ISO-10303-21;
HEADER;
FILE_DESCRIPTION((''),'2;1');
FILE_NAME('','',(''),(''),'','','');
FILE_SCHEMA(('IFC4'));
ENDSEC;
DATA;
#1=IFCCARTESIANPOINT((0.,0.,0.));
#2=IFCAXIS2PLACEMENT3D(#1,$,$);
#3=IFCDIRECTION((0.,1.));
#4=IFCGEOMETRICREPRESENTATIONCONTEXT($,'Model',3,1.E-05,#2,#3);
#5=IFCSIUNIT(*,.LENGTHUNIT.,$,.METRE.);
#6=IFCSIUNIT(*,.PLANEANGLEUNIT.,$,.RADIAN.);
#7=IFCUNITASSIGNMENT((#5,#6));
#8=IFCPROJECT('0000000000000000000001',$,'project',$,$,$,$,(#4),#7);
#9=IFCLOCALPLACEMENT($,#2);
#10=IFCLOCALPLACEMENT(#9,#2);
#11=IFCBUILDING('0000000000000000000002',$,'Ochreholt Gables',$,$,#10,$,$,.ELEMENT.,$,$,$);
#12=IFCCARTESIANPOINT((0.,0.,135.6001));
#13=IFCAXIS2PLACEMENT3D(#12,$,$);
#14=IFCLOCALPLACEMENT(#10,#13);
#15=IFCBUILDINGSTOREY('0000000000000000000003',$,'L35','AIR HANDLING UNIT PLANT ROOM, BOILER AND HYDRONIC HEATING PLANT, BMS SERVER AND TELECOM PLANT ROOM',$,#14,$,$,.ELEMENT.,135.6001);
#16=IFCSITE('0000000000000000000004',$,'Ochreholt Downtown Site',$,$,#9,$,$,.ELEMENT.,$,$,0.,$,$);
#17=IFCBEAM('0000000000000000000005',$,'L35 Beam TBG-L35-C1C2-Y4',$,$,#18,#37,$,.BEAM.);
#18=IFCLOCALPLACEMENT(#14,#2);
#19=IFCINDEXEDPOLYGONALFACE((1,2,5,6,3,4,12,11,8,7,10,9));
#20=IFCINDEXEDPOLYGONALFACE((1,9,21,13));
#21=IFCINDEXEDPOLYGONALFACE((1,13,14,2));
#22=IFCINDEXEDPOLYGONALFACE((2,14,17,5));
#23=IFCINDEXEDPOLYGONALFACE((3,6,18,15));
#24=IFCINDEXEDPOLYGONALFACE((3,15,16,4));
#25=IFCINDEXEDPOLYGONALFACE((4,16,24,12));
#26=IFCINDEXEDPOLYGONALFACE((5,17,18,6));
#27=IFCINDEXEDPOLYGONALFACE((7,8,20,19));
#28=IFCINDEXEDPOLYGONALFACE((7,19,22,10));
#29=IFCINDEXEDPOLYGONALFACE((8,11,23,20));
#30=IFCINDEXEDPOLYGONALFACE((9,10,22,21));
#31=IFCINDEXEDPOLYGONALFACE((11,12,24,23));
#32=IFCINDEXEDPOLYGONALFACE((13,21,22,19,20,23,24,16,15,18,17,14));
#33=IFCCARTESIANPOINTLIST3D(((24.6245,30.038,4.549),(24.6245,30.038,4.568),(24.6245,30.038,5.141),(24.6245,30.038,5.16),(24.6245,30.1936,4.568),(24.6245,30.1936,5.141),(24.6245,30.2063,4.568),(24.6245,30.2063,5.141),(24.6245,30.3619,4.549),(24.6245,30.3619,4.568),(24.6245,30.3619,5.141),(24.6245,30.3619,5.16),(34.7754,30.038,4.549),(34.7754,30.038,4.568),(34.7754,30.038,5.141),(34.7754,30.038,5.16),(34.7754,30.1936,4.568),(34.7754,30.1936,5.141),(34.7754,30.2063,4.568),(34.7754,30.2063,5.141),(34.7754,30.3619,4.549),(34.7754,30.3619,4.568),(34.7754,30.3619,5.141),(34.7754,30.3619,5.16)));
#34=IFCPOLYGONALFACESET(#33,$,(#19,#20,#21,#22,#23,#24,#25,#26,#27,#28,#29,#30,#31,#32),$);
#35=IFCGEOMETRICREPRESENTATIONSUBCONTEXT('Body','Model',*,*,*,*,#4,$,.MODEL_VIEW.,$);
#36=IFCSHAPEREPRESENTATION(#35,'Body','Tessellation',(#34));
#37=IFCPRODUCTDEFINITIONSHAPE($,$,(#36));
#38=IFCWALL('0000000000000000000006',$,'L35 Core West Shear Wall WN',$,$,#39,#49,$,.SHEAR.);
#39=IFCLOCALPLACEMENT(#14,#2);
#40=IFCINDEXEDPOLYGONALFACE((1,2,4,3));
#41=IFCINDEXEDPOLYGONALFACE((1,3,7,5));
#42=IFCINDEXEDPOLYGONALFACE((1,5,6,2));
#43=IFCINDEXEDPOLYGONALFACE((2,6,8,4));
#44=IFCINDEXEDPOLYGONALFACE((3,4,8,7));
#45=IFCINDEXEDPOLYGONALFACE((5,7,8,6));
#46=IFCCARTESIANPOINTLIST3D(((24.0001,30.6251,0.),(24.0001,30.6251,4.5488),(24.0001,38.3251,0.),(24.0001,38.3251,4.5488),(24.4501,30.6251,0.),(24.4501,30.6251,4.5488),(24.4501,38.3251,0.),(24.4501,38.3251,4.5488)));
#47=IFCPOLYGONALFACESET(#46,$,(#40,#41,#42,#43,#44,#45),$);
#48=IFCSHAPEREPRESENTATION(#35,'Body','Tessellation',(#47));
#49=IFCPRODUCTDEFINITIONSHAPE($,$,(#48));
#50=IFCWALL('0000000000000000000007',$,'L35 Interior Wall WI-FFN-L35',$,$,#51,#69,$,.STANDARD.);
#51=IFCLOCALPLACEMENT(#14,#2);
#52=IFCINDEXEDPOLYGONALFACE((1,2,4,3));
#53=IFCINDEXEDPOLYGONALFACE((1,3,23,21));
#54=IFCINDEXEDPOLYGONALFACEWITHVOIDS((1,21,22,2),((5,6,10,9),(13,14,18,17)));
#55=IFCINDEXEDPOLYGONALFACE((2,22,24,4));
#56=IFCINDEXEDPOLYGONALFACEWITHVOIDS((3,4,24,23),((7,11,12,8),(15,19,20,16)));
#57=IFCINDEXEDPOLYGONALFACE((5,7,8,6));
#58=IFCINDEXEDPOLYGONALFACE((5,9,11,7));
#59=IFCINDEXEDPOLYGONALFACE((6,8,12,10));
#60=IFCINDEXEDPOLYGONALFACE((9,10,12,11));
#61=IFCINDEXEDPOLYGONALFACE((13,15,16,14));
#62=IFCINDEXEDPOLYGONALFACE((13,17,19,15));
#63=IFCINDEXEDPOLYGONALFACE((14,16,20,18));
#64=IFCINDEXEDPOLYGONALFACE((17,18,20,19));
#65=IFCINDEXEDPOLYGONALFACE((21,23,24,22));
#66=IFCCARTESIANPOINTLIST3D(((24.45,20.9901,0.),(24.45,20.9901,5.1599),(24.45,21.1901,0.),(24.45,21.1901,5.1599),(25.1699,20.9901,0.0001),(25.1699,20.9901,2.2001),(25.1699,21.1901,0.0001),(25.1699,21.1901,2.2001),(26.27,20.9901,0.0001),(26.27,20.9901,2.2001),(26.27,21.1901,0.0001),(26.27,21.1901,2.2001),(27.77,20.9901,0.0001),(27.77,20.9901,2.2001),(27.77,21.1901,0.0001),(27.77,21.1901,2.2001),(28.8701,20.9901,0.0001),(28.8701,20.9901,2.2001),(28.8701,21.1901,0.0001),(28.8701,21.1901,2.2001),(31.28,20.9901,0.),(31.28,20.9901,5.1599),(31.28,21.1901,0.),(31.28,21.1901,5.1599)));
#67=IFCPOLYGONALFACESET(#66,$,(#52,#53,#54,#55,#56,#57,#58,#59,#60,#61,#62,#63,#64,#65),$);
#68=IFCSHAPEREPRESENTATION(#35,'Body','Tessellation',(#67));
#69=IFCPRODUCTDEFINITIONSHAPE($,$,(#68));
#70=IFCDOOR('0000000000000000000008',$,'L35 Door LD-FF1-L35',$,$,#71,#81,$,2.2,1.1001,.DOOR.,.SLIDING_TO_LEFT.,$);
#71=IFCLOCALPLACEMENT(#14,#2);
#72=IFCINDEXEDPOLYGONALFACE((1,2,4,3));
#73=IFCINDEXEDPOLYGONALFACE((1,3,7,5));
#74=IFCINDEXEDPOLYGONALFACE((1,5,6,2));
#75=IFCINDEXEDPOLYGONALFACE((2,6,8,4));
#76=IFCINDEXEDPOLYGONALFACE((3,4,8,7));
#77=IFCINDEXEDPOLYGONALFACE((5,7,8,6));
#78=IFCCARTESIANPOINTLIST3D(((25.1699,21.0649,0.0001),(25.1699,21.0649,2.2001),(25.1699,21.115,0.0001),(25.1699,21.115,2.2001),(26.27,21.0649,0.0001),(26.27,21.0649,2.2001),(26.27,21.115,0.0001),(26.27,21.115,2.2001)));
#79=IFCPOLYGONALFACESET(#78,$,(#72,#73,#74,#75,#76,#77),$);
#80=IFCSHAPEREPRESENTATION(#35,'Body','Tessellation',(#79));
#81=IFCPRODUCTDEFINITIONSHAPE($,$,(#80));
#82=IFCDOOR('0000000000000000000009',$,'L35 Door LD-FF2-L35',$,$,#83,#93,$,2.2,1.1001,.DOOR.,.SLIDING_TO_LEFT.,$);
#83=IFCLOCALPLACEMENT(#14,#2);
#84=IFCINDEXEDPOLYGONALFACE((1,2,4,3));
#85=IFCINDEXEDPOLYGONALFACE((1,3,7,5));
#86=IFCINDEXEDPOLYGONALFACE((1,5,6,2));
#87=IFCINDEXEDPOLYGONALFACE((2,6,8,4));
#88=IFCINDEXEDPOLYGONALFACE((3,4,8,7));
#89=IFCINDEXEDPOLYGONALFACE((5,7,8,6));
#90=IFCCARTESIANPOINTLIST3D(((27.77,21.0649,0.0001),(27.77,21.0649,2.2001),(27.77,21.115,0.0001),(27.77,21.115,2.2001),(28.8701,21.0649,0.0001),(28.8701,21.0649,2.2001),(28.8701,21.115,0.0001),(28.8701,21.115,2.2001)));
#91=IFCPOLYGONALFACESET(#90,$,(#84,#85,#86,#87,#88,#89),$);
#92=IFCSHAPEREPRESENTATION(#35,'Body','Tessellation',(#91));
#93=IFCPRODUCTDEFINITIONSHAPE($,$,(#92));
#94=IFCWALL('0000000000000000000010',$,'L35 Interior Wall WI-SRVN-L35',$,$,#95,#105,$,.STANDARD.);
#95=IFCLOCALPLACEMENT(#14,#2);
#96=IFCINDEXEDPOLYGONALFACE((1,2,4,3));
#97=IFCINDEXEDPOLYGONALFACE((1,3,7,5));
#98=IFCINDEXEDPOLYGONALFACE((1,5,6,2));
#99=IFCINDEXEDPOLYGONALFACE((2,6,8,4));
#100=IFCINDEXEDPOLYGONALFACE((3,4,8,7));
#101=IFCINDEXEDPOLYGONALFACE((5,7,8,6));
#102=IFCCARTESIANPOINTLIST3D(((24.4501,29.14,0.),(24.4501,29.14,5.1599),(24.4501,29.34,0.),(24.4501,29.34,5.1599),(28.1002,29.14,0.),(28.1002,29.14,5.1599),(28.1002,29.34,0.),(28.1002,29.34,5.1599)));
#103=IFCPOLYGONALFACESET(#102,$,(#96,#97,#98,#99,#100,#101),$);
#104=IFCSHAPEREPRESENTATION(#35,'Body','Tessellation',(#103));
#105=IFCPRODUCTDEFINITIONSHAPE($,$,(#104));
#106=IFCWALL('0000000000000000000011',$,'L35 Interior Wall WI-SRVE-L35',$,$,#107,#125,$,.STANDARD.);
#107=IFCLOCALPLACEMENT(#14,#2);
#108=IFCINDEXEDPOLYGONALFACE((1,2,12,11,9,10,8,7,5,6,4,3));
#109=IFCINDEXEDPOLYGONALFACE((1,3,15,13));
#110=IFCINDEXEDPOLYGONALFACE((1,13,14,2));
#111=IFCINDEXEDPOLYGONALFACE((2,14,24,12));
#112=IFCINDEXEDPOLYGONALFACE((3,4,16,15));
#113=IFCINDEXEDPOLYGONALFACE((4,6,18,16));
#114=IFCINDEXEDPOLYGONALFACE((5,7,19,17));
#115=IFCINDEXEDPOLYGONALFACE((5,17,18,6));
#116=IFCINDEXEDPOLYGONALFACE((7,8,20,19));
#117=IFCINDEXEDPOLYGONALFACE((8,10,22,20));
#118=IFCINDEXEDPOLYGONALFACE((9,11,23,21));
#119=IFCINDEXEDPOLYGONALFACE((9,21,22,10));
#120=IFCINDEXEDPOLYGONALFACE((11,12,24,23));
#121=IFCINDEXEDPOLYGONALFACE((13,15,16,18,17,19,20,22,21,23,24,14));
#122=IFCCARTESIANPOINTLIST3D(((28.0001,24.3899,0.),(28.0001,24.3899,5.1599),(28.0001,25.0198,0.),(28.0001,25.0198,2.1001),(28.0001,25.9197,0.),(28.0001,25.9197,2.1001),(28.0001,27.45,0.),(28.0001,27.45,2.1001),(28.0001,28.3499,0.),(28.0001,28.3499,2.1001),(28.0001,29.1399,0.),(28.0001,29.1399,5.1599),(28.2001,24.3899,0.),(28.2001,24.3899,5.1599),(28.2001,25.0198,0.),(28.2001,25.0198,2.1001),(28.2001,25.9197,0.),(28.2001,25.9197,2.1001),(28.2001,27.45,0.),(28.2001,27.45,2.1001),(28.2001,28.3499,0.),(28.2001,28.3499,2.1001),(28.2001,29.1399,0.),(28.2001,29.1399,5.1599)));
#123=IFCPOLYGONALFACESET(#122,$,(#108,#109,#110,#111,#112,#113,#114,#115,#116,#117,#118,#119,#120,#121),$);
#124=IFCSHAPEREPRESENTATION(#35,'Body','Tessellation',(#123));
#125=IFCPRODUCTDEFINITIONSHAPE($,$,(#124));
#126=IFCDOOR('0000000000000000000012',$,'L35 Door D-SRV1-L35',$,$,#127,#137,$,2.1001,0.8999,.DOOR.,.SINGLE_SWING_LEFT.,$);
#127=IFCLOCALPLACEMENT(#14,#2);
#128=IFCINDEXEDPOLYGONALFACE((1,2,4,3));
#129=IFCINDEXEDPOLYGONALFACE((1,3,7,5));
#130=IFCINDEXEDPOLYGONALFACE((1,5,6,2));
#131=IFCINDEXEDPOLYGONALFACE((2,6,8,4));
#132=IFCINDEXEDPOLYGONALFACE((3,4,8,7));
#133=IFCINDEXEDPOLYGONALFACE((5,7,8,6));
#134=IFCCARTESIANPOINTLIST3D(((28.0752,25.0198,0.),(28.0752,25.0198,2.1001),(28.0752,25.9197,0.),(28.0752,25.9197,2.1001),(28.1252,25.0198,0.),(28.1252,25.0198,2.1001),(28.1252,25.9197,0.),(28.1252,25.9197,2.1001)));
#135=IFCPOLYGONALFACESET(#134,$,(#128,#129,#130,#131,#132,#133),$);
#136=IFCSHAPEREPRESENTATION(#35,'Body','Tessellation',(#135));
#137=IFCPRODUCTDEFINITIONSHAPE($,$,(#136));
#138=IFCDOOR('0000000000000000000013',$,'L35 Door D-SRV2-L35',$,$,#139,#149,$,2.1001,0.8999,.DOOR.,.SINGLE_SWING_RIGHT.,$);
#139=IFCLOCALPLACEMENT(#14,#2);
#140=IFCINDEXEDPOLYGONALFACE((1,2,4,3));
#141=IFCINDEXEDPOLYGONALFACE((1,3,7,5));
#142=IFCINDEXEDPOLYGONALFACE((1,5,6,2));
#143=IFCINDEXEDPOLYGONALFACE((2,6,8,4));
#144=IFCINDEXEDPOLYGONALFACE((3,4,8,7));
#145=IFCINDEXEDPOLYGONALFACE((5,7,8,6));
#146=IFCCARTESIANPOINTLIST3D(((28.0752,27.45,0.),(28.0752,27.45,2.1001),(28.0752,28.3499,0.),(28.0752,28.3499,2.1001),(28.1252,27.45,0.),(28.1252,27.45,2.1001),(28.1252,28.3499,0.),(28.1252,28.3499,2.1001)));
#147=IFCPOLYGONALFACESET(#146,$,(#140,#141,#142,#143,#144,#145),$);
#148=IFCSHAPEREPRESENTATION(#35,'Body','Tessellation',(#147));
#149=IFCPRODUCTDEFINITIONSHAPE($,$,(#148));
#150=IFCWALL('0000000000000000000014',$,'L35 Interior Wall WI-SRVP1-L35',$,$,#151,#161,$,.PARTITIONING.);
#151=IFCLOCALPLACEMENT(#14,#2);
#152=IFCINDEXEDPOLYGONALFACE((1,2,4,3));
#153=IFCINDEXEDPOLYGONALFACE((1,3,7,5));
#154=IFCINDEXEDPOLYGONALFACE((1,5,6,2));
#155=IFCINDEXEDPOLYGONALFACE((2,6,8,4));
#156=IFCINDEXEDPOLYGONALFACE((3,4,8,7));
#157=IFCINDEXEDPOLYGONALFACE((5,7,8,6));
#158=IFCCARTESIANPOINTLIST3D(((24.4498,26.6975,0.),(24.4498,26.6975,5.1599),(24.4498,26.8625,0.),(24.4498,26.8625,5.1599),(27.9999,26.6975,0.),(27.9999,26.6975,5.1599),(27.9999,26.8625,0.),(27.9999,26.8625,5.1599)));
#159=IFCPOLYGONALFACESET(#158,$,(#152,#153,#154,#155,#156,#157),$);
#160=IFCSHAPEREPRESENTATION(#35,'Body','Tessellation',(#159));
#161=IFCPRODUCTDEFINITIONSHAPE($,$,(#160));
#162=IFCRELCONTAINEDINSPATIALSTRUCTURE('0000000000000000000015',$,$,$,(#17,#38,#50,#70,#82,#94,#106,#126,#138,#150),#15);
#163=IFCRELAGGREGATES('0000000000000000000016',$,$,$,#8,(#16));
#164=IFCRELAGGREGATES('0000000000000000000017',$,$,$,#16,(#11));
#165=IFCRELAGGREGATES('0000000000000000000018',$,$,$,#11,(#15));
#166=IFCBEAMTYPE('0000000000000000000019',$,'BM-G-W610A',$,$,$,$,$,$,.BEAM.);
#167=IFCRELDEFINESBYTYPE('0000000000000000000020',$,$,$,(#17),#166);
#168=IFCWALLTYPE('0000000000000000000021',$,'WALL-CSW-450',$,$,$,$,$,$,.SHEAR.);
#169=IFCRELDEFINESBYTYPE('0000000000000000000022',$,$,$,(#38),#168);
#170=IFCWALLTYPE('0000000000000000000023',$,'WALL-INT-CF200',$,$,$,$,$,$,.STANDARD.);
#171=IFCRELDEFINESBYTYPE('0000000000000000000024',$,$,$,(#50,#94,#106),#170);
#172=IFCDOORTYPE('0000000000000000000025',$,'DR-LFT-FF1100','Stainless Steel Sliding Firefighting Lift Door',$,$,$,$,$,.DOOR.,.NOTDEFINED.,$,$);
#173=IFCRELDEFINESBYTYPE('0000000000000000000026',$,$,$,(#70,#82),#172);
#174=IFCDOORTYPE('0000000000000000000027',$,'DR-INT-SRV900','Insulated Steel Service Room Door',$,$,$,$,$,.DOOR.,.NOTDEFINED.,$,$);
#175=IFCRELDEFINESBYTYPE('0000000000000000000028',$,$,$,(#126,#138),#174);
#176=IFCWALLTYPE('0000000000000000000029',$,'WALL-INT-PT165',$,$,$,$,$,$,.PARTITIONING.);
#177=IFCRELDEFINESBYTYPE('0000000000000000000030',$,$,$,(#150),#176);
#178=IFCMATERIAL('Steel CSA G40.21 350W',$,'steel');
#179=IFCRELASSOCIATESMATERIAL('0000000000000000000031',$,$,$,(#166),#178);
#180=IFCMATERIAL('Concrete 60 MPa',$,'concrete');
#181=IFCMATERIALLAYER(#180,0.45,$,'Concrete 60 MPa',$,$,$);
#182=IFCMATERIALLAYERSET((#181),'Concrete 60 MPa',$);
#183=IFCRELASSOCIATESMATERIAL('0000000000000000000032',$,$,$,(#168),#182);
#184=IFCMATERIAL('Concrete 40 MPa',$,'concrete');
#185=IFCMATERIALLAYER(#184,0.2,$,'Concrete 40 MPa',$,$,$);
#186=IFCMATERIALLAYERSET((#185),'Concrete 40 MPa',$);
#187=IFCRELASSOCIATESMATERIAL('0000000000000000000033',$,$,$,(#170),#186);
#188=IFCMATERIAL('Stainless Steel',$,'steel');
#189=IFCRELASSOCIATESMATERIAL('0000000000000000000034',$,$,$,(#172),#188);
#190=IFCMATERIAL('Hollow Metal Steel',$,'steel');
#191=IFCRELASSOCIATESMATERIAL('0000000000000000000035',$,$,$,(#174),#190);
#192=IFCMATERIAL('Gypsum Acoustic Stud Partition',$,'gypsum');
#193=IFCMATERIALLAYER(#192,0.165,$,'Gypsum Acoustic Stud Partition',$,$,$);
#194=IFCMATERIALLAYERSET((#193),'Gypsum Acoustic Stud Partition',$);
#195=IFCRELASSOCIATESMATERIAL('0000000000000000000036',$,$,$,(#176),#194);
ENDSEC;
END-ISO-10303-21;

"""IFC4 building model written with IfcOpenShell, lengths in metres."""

from ifc_helpers import new_model, si_unit, direction, frame, frame_2d, origin, origin_2d, place, context, subcontext, project, spatial, rectangle, i_section, extrude, material, layer, layer_set, material_profile, profile_set, type_object, element, fill, save


model = new_model("IFC4")

# Units and contexts
model_context = context("Model", 3, precision=1e-05, world=origin(), true_north=direction((0.0, 1.0)))
body_context = subcontext(model_context, "Body", "Model", "MODEL_VIEW")
ifc_project = project(units=[si_unit("LENGTHUNIT", "METRE"), si_unit("PLANEANGLEUNIT", "RADIAN")], contexts=[model_context])

# Site, building, storey
site_placement = place(None, origin())
site = spatial("IfcSite", under=ifc_project, at=site_placement, Name="Ochreholt Downtown Site", CompositionType="ELEMENT", RefElevation=0.0)
building_placement = place(site_placement, origin())
building = spatial("IfcBuilding", under=site, at=building_placement, Name="Ochreholt Gables", CompositionType="ELEMENT")
storey_placement = place(building_placement, frame((0.0, 0.0, 135.6001)))
storey = spatial("IfcBuildingStorey", under=building, at=storey_placement, Name="L35", Description="AIR HANDLING UNIT PLANT ROOM, BOILER AND HYDRONIC HEATING PLANT, BMS SERVER AND TELECOM PLANT ROOM", CompositionType="ELEMENT", Elevation=135.6001)

# Beam
ifc_material_1 = material(Name="Steel CSA G40.21 350W", Category="steel")
ifc_material_profile = material_profile(ifc_material_1, i_section(OverallWidth=0.324, OverallDepth=0.6111, WebThickness=0.0127, FlangeThickness=0.019, at=origin_2d()), Name="W610X155")
ifc_profile_set = profile_set([ifc_material_profile], Name="Steel CSA G40.21 350W")
beam_type = type_object("IfcBeamType", Name="BM-G-W610A", PredefinedType="BEAM", material=ifc_profile_set)
beam_placement = place(storey_placement, frame((24.6245, 30.2, 4.8545), z_axis=(1.0, 0.0, 0.0), x_axis=(0.0, 1.0, 0.0)))
element("IfcBeam", 1, at=beam_placement, inside=storey, type_object=beam_type, Name="L35 Beam TBG-L35-C1C2-Y4", PredefinedType="BEAM", context=body_context, shape_type="SweptSolid", body=[
    extrude(i_section(OverallWidth=0.324, OverallDepth=0.6111, WebThickness=0.0127, FlangeThickness=0.019, at=origin_2d()), origin(), (0.0, 0.0, 1.0), 10.1509),
])

# Wall
ifc_material_2 = material(Name="Concrete 60 MPa", Category="concrete")
ifc_layer_1 = layer(ifc_material_2, 0.45, Name="Concrete 60 MPa")
ifc_layer_set_1 = layer_set([ifc_layer_1], Name="Concrete 60 MPa")
wall_type_1 = type_object("IfcWallType", Name="WALL-CSW-450", PredefinedType="SHEAR", material=ifc_layer_set_1)
wall_1_placement = place(storey_placement, frame((24.2251, 30.625, 0.0), z_axis=(0.0, 0.0, 1.0), x_axis=(0.0, 1.0, 0.0)))
element("IfcWall", 2, at=wall_1_placement, inside=storey, type_object=wall_type_1, Name="L35 Core West Shear Wall WN", PredefinedType="SHEAR", context=body_context, shape_type="SweptSolid", body=[
    extrude(rectangle(XDim=7.7, YDim=0.45, at=frame_2d((3.8501, 0.0))), origin(), (0.0, 0.0, 1.0), 4.5488),
])

# Wall, openings, doors
ifc_material_3 = material(Name="Concrete 40 MPa", Category="concrete")
ifc_layer_2 = layer(ifc_material_3, 0.2, Name="Concrete 40 MPa")
ifc_layer_set_2 = layer_set([ifc_layer_2], Name="Concrete 40 MPa")
wall_type_2 = type_object("IfcWallType", Name="WALL-INT-CF200", PredefinedType="STANDARD", material=ifc_layer_set_2)
wall_2_placement = place(storey_placement, frame((24.45, 21.0901, 0.0), z_axis=(0.0, 0.0, 1.0), x_axis=(1.0, 0.0, 0.0)))
wall_2 = element("IfcWall", 3, at=wall_2_placement, inside=storey, type_object=wall_type_2, Name="L35 Interior Wall WI-FFN-L35", PredefinedType="STANDARD", context=body_context, shape_type="SweptSolid", body=[
    extrude(rectangle(XDim=6.8301, YDim=0.2, at=frame_2d((3.415, 0.0))), origin(), (0.0, 0.0, 1.0), 5.1599),
])
opening_1_placement = place(wall_2_placement, frame((0.72, 0.0, 0.0)))
opening_1 = element("IfcOpeningElement", 4, at=opening_1_placement, cuts=wall_2, PredefinedType="OPENING", context=body_context, shape_type="SweptSolid", body=[
    extrude(rectangle(XDim=1.1001, YDim=2.2, at=frame_2d((0.55, 1.1001))), frame((0.0, 0.1099, 0.0), z_axis=(0.0, -1.0, 0.0), x_axis=(1.0, 0.0, 0.0)), (0.0, 0.0, 1.0), 0.22),
])
opening_2_placement = place(wall_2_placement, frame((3.3201, 0.0, 0.0)))
opening_2 = element("IfcOpeningElement", 5, at=opening_2_placement, cuts=wall_2, PredefinedType="OPENING", context=body_context, shape_type="SweptSolid", body=[
    extrude(rectangle(XDim=1.1001, YDim=2.2, at=frame_2d((0.55, 1.1001))), frame((0.0, 0.1099, 0.0), z_axis=(0.0, -1.0, 0.0), x_axis=(1.0, 0.0, 0.0)), (0.0, 0.0, 1.0), 0.22),
])
ifc_material_4 = material(Name="Stainless Steel", Category="steel")
door_type_1 = type_object("IfcDoorType", Name="DR-LFT-FF1100", Description="Stainless Steel Sliding Firefighting Lift Door", OperationType="NOTDEFINED", PredefinedType="DOOR", material=ifc_material_4)
door_1_placement = place(opening_1_placement, origin())
door_1 = element("IfcDoor", 6, at=door_1_placement, inside=storey, type_object=door_type_1, Name="L35 Door LD-FF1-L35", OperationType="SLIDING_TO_LEFT", OverallHeight=2.2, OverallWidth=1.1001, PredefinedType="DOOR", context=body_context, shape_type="SweptSolid", body=[
    extrude(rectangle(XDim=1.1001, YDim=2.2, at=frame_2d((0.55, 1.1001))), frame((0.0, 0.0249, 0.0), z_axis=(0.0, -1.0, 0.0), x_axis=(1.0, 0.0, 0.0)), (0.0, 0.0, 1.0), 0.05),
])
fill(opening_1, door_1)
door_2_placement = place(opening_2_placement, origin())
door_2 = element("IfcDoor", 7, at=door_2_placement, inside=storey, type_object=door_type_1, Name="L35 Door LD-FF2-L35", OperationType="SLIDING_TO_LEFT", OverallHeight=2.2, OverallWidth=1.1001, PredefinedType="DOOR", context=body_context, shape_type="SweptSolid", body=[
    extrude(rectangle(XDim=1.1001, YDim=2.2, at=frame_2d((0.55, 1.1001))), frame((0.0, 0.0249, 0.0), z_axis=(0.0, -1.0, 0.0), x_axis=(1.0, 0.0, 0.0)), (0.0, 0.0, 1.0), 0.05),
])
fill(opening_2, door_2)

# Wall
wall_3_placement = place(storey_placement, frame((24.45, 29.24, 0.0), z_axis=(0.0, 0.0, 1.0), x_axis=(1.0, 0.0, 0.0)))
element("IfcWall", 8, at=wall_3_placement, inside=storey, type_object=wall_type_2, Name="L35 Interior Wall WI-SRVN-L35", PredefinedType="STANDARD", context=body_context, shape_type="SweptSolid", body=[
    extrude(rectangle(XDim=3.6501, YDim=0.2, at=frame_2d((1.8252, 0.0))), origin(), (0.0, 0.0, 1.0), 5.1599),
])

# Wall, openings, doors
wall_4_placement = place(storey_placement, frame((28.1001, 24.3899, 0.0), z_axis=(0.0, 0.0, 1.0), x_axis=(0.0, 1.0, 0.0)))
wall_4 = element("IfcWall", 9, at=wall_4_placement, inside=storey, type_object=wall_type_2, Name="L35 Interior Wall WI-SRVE-L35", PredefinedType="STANDARD", context=body_context, shape_type="SweptSolid", body=[
    extrude(rectangle(XDim=4.75, YDim=0.2, at=frame_2d((2.375, 0.0))), origin(), (0.0, 0.0, 1.0), 5.1599),
])
opening_3_placement = place(wall_4_placement, frame((0.6299, 0.0, 0.0)))
opening_3 = element("IfcOpeningElement", 10, at=opening_3_placement, cuts=wall_4, PredefinedType="OPENING", context=body_context, shape_type="SweptSolid", body=[
    extrude(rectangle(XDim=0.8999, YDim=2.1001, at=frame_2d((0.45, 1.05))), frame((0.0, 0.1099, 0.0), z_axis=(0.0, -1.0, 0.0), x_axis=(1.0, 0.0, 0.0)), (0.0, 0.0, 1.0), 0.22),
])
opening_4_placement = place(wall_4_placement, frame((3.0601, 0.0, 0.0)))
opening_4 = element("IfcOpeningElement", 11, at=opening_4_placement, cuts=wall_4, PredefinedType="OPENING", context=body_context, shape_type="SweptSolid", body=[
    extrude(rectangle(XDim=0.8999, YDim=2.1001, at=frame_2d((0.45, 1.05))), frame((0.0, 0.1099, 0.0), z_axis=(0.0, -1.0, 0.0), x_axis=(1.0, 0.0, 0.0)), (0.0, 0.0, 1.0), 0.22),
])
ifc_material_5 = material(Name="Hollow Metal Steel", Category="steel")
door_type_2 = type_object("IfcDoorType", Name="DR-INT-SRV900", Description="Insulated Steel Service Room Door", OperationType="NOTDEFINED", PredefinedType="DOOR", material=ifc_material_5)
door_3_placement = place(opening_3_placement, origin())
door_3 = element("IfcDoor", 12, at=door_3_placement, inside=storey, type_object=door_type_2, Name="L35 Door D-SRV1-L35", OperationType="SINGLE_SWING_LEFT", OverallHeight=2.1001, OverallWidth=0.8999, PredefinedType="DOOR", context=body_context, shape_type="SweptSolid", body=[
    extrude(rectangle(XDim=0.8999, YDim=2.1001, at=frame_2d((0.45, 1.05))), frame((0.0, 0.0249, 0.0), z_axis=(0.0, -1.0, 0.0), x_axis=(1.0, 0.0, 0.0)), (0.0, 0.0, 1.0), 0.05),
])
fill(opening_3, door_3)
door_4_placement = place(opening_4_placement, origin())
door_4 = element("IfcDoor", 13, at=door_4_placement, inside=storey, type_object=door_type_2, Name="L35 Door D-SRV2-L35", OperationType="SINGLE_SWING_RIGHT", OverallHeight=2.1001, OverallWidth=0.8999, PredefinedType="DOOR", context=body_context, shape_type="SweptSolid", body=[
    extrude(rectangle(XDim=0.8999, YDim=2.1001, at=frame_2d((0.45, 1.05))), frame((0.0, 0.0249, 0.0), z_axis=(0.0, -1.0, 0.0), x_axis=(1.0, 0.0, 0.0)), (0.0, 0.0, 1.0), 0.05),
])
fill(opening_4, door_4)

# Wall
ifc_material_6 = material(Name="Gypsum Acoustic Stud Partition", Category="gypsum")
ifc_layer_3 = layer(ifc_material_6, 0.165, Name="Gypsum Acoustic Stud Partition")
ifc_layer_set_3 = layer_set([ifc_layer_3], Name="Gypsum Acoustic Stud Partition")
wall_type_3 = type_object("IfcWallType", Name="WALL-INT-PT165", PredefinedType="PARTITIONING", material=ifc_layer_set_3)
wall_5_placement = place(storey_placement, frame((24.45, 26.78, 0.0), z_axis=(0.0, 0.0, 1.0), x_axis=(1.0, 0.0, 0.0)))
element("IfcWall", 14, at=wall_5_placement, inside=storey, type_object=wall_type_3, Name="L35 Interior Wall WI-SRVP1-L35", PredefinedType="PARTITIONING", context=body_context, shape_type="SweptSolid", body=[
    extrude(rectangle(XDim=3.55, YDim=0.165, at=frame_2d((1.7749, 0.0))), origin(), (0.0, 0.0, 1.0), 5.1599),
])

save(model, "model.ifc")
